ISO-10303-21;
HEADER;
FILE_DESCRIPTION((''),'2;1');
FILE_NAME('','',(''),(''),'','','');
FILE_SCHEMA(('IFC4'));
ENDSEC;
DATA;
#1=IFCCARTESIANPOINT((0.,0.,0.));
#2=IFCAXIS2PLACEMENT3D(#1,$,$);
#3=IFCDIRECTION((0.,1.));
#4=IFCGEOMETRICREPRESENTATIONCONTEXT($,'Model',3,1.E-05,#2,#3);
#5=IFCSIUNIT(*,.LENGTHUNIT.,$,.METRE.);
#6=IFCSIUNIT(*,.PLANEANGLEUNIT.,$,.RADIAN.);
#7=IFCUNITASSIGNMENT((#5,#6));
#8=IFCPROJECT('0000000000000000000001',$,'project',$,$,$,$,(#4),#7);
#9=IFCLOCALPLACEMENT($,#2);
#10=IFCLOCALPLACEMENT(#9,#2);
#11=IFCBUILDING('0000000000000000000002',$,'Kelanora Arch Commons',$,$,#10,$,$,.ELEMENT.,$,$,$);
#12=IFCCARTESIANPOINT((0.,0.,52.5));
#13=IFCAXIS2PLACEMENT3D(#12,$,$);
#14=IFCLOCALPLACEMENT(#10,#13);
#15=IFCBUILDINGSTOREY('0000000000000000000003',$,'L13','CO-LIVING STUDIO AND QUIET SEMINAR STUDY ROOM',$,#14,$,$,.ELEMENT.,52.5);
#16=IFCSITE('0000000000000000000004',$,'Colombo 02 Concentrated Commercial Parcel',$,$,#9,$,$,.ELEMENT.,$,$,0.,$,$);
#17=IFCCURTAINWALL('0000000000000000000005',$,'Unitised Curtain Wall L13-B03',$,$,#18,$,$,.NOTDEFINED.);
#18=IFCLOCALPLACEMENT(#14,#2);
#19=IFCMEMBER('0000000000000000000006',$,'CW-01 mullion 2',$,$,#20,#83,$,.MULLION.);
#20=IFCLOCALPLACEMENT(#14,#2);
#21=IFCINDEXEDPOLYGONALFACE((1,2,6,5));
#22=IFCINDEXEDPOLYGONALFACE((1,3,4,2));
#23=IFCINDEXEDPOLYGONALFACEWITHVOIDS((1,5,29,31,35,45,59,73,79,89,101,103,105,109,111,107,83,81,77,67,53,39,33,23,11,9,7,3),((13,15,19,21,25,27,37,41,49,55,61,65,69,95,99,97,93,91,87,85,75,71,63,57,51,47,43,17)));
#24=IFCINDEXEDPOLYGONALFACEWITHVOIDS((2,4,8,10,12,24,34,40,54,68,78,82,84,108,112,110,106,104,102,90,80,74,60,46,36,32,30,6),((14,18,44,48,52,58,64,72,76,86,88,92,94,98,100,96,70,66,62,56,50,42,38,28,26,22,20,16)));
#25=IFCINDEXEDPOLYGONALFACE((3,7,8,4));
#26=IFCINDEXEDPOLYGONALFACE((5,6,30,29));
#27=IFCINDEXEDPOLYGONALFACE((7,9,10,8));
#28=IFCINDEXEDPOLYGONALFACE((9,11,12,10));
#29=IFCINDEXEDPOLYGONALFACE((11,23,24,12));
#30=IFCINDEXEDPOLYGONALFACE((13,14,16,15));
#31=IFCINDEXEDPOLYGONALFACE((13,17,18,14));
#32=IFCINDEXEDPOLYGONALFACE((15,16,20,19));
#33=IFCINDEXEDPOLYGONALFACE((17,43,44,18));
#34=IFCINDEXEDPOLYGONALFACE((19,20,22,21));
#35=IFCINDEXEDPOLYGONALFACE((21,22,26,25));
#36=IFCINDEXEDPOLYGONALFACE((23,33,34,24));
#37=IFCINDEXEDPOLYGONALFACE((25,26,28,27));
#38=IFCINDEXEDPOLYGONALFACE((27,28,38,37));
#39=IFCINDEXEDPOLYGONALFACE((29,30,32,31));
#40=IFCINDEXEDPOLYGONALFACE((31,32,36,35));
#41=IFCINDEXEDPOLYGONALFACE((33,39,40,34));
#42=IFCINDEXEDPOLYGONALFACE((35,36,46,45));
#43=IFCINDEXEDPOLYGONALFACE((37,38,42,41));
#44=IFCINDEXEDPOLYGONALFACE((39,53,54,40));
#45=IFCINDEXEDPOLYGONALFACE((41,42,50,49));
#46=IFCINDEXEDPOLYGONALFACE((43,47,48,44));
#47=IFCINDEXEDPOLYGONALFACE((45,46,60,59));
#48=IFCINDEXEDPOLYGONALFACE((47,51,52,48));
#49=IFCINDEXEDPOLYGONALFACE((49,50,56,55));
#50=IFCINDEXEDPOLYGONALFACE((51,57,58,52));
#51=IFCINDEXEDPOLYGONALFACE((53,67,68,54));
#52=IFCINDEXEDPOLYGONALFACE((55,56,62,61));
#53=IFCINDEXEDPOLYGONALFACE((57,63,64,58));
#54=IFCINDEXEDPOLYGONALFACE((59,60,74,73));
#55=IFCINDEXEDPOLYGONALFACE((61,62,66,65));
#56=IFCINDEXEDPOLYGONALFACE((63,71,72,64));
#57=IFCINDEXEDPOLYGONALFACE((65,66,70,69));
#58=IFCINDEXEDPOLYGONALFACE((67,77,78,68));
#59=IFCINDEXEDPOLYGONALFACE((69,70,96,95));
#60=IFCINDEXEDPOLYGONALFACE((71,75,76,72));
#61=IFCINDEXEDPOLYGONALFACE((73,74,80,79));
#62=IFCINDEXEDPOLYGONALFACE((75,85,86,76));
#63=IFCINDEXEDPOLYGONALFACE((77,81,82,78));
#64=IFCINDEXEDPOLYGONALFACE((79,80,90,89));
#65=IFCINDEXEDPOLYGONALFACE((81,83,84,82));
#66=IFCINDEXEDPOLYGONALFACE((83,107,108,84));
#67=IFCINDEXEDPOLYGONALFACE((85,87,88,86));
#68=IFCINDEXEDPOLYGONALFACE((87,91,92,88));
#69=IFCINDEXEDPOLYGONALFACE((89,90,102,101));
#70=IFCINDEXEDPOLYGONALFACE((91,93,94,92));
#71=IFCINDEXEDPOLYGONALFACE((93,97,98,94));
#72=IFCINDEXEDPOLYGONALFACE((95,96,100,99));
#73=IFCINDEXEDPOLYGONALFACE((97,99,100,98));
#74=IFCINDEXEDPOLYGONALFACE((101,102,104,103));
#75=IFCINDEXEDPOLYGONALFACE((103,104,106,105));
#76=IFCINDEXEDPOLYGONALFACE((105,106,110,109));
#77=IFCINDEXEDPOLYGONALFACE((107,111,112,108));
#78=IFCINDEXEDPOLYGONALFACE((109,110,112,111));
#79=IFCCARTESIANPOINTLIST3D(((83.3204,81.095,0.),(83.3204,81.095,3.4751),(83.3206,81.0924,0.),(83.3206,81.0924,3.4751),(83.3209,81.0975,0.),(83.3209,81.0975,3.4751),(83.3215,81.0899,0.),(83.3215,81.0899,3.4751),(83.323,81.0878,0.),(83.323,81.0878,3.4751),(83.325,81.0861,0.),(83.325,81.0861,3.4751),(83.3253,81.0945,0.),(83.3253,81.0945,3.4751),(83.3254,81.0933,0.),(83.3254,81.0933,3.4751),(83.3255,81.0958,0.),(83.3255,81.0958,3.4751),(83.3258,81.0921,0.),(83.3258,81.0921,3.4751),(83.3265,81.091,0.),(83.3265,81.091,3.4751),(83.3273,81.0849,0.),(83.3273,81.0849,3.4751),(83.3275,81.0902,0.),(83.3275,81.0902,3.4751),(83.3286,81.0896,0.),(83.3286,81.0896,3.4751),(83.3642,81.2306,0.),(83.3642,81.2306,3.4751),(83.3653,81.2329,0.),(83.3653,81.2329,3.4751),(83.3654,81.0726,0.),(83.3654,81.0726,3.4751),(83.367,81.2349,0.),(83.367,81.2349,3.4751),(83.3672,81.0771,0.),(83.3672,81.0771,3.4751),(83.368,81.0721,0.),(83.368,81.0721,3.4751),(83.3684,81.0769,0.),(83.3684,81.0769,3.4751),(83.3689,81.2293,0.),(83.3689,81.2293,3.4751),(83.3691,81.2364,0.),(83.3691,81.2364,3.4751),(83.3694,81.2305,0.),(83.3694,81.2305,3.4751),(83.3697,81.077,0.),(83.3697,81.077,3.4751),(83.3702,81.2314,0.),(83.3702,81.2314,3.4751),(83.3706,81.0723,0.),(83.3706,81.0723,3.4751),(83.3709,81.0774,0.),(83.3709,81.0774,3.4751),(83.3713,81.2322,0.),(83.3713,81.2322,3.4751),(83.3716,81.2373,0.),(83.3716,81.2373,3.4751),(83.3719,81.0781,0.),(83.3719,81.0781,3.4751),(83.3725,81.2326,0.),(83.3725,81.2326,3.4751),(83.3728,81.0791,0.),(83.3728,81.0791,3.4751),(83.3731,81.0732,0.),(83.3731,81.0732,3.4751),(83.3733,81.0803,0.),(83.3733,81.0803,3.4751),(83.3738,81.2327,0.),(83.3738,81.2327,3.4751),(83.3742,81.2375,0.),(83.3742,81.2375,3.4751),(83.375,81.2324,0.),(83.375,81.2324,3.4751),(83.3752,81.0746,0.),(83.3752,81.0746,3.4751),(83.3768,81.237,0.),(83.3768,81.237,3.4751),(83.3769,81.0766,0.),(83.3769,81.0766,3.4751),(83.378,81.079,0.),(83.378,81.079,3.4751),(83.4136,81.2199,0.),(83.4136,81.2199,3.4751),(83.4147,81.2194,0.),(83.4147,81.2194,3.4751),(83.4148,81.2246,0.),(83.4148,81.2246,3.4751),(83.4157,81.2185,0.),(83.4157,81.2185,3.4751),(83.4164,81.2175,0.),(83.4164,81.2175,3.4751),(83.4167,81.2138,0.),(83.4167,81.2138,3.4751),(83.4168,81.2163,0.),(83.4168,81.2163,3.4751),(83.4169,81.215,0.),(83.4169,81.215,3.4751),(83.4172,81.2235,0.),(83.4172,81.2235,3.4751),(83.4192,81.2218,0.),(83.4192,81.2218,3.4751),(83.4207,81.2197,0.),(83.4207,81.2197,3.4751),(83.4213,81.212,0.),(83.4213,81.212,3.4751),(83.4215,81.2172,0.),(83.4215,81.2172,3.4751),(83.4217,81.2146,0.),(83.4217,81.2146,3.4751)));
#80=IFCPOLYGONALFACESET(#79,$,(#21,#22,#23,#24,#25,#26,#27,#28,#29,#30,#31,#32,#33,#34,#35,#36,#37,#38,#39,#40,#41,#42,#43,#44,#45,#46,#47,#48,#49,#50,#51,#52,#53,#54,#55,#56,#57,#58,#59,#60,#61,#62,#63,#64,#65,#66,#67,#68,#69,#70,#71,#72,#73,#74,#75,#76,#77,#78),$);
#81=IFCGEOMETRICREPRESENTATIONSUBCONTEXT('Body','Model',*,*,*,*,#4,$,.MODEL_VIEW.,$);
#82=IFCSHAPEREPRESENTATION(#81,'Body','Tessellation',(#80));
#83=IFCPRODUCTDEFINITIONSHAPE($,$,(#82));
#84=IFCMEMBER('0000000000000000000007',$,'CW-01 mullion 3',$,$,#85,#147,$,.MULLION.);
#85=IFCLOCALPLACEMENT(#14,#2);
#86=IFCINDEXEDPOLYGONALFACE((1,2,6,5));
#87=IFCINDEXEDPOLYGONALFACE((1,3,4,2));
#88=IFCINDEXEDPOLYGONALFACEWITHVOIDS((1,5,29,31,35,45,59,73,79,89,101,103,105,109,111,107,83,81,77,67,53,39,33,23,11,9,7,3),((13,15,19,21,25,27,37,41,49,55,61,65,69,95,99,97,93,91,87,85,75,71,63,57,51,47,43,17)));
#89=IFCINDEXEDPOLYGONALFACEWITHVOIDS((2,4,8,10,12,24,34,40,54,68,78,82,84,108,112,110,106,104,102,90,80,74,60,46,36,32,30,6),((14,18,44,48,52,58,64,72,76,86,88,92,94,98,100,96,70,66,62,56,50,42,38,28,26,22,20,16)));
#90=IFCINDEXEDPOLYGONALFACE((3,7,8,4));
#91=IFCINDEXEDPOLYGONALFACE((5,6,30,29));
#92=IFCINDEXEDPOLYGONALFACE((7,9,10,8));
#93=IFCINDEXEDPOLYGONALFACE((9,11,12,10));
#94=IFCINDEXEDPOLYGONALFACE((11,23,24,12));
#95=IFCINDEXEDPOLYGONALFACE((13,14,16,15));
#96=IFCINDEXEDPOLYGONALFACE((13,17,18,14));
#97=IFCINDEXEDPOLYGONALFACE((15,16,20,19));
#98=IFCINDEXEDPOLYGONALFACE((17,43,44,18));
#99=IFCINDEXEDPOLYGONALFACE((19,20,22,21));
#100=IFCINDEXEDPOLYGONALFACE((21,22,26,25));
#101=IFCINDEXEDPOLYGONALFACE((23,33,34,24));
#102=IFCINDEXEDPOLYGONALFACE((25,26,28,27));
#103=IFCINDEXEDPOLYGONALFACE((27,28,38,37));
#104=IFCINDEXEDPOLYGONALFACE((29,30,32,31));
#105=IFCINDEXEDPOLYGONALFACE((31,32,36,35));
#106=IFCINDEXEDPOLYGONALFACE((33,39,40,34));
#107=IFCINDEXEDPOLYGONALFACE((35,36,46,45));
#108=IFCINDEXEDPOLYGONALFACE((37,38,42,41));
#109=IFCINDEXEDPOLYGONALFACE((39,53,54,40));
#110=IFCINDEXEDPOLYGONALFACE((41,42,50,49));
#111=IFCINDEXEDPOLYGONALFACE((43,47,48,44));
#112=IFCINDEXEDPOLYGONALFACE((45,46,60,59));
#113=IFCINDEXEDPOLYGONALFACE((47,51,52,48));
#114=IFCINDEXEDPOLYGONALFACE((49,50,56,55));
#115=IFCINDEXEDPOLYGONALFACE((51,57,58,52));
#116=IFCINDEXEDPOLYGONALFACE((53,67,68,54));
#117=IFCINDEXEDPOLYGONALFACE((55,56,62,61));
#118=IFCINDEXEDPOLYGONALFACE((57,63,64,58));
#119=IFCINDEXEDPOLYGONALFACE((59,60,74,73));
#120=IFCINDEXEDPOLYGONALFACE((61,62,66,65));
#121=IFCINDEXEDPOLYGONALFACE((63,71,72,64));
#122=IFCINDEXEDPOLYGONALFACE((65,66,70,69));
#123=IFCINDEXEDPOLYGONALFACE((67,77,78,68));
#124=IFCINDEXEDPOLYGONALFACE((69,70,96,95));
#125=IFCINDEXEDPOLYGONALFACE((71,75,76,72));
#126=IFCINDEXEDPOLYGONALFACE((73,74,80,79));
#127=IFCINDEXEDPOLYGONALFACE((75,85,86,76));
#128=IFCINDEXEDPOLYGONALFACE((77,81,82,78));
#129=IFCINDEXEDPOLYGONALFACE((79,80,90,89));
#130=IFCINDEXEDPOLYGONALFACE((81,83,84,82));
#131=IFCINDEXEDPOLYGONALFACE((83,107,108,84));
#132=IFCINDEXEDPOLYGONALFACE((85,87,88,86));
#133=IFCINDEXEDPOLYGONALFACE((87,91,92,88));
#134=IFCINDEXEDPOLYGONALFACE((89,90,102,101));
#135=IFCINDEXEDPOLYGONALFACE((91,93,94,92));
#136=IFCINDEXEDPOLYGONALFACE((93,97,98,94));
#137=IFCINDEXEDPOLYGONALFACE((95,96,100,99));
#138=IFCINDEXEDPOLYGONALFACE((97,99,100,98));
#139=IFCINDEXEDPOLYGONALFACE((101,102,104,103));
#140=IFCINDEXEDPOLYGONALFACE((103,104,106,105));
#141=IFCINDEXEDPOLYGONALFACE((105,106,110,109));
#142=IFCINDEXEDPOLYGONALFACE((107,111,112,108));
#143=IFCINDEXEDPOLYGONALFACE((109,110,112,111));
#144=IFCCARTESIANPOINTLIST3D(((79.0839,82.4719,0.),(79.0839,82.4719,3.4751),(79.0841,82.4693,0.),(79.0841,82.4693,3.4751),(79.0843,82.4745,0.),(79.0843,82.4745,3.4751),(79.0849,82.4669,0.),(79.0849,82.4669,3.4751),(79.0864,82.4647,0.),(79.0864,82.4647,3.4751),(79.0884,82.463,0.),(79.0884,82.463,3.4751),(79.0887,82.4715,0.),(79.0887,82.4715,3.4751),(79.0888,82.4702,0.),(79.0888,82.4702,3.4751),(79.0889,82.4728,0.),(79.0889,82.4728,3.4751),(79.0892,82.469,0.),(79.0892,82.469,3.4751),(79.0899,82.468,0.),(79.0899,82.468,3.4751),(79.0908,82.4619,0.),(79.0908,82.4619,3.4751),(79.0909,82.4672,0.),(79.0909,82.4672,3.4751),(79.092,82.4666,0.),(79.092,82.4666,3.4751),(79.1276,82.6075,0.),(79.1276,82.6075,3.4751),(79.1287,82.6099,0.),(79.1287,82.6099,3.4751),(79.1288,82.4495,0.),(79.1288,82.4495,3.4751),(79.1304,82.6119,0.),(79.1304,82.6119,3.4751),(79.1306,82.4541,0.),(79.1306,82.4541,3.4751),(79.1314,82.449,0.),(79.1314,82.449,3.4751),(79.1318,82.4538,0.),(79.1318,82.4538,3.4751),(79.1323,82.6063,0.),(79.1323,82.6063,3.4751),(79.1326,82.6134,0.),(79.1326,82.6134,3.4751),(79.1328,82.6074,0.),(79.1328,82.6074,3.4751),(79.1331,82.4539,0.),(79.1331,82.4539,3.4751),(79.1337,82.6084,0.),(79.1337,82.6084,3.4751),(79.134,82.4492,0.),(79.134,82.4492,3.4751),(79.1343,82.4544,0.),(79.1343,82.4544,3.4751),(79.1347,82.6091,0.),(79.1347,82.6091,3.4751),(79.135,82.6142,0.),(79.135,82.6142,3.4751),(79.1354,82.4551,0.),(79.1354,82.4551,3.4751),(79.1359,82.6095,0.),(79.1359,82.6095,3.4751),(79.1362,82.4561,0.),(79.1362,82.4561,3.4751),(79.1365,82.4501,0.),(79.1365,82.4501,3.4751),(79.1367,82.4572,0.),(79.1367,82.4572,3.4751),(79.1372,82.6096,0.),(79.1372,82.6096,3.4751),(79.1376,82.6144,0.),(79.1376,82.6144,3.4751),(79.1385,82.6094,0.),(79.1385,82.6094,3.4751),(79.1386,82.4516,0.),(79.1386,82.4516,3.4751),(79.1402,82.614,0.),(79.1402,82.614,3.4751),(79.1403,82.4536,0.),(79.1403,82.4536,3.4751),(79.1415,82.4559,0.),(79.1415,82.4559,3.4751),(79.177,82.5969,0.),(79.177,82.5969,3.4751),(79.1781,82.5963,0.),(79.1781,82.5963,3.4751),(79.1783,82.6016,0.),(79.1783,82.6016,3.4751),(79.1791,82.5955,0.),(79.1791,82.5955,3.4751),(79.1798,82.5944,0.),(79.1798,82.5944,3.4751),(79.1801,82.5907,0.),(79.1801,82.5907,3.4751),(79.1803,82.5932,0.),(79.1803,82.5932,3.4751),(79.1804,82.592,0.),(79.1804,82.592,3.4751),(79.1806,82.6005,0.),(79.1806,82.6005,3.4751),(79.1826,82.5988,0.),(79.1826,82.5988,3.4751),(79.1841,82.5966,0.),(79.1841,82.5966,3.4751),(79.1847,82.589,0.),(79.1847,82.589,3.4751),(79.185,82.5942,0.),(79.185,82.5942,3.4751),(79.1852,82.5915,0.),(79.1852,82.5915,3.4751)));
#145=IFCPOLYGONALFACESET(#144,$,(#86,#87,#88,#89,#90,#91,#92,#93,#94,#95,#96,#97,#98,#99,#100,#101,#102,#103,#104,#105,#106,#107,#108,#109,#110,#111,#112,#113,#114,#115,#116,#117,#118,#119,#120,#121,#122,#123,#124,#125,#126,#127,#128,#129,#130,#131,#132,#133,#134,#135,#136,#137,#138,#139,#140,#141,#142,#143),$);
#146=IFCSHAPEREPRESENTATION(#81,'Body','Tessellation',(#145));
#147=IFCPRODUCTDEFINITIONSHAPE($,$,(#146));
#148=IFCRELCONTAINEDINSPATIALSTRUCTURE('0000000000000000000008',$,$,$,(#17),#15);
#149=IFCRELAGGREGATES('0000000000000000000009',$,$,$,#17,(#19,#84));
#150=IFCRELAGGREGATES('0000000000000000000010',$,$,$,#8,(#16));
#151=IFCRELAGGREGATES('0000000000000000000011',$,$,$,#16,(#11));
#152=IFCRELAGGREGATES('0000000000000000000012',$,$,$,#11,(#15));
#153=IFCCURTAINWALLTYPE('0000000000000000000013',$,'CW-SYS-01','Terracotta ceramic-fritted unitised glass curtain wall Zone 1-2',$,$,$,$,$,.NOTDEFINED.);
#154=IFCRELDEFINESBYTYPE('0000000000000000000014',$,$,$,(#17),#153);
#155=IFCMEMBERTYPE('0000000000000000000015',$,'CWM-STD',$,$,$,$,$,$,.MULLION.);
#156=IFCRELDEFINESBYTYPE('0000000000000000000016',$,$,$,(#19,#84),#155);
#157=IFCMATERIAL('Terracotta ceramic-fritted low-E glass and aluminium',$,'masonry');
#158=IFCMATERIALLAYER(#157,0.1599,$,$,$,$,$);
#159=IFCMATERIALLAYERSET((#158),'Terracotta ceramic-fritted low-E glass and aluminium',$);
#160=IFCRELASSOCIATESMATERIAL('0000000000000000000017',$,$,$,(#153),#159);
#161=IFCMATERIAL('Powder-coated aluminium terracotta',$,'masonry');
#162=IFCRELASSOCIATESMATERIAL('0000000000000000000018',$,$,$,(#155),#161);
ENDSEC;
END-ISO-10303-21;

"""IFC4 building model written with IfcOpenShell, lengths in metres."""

from ifc_helpers import new_model, si_unit, direction, frame, origin, origin_2d, place, context, subcontext, project, spatial, hollow_rectangle, extrude, material, layer, layer_set, material_profile, profile_set, type_object, element, aggregate, save


model = new_model("IFC4")

# Units and contexts
model_context = context("Model", 3, precision=1e-05, world=origin(), true_north=direction((0.0, 1.0)))
body_context = subcontext(model_context, "Body", "Model", "MODEL_VIEW")
ifc_project = project(units=[si_unit("LENGTHUNIT", "METRE"), si_unit("PLANEANGLEUNIT", "RADIAN")], contexts=[model_context])

# Site, building, storey
site_placement = place(None, origin())
site = spatial("IfcSite", under=ifc_project, at=site_placement, Name="Colombo 02 Concentrated Commercial Parcel", CompositionType="ELEMENT", RefElevation=0.0)
building_placement = place(site_placement, origin())
building = spatial("IfcBuilding", under=site, at=building_placement, Name="Kelanora Arch Commons", CompositionType="ELEMENT")
storey_placement = place(building_placement, frame((0.0, 0.0, 52.5)))
storey = spatial("IfcBuildingStorey", under=building, at=storey_placement, Name="L13", Description="CO-LIVING STUDIO AND QUIET SEMINAR STUDY ROOM", CompositionType="ELEMENT", Elevation=52.5)

# Curtain wall, members
ifc_material_1 = material(Name="Terracotta ceramic-fritted low-E glass and aluminium", Category="masonry")
ifc_layer_1 = layer(ifc_material_1, 0.1599)
ifc_layer_set_1 = layer_set([ifc_layer_1], Name="Terracotta ceramic-fritted low-E glass and aluminium")
curtain_wall_type = type_object("IfcCurtainWallType", Name="CW-SYS-01", Description="Terracotta ceramic-fritted unitised glass curtain wall Zone 1-2", PredefinedType="NOTDEFINED", material=ifc_layer_set_1)
curtain_wall_placement = place(storey_placement, origin())
curtain_wall = element("IfcCurtainWall", 1, at=curtain_wall_placement, inside=storey, type_object=curtain_wall_type, Name="Unitised Curtain Wall L13-B03", PredefinedType="NOTDEFINED")
ifc_material_2 = material(Name="Powder-coated aluminium terracotta", Category="masonry")
ifc_material_profile_1 = material_profile(ifc_material_2, hollow_rectangle(XDim=0.1599, YDim=0.0601, WallThickness=0.0049, InnerFilletRadius=0.0049, OuterFilletRadius=0.01, at=origin_2d()), Name="CWM160x60")
ifc_profile_set_1 = profile_set([ifc_material_profile_1], Name="Powder-coated aluminium terracotta")
member_type_1 = type_object("IfcMemberType", Name="CWM-STD", PredefinedType="MULLION", material=ifc_profile_set_1)
member_1_placement = place(storey_placement, frame((83.3711, 81.1548, 0.0), z_axis=(0.0, 0.0, 1.0), x_axis=(-0.309058, -0.951043, 0.0)))
member_1 = element("IfcMember", 2, at=member_1_placement, type_object=member_type_1, Name="CW-01 mullion 2", PredefinedType="MULLION", context=body_context, shape_type="SweptSolid", body=[
    extrude(hollow_rectangle(XDim=0.1599, YDim=0.0601, WallThickness=0.0049, InnerFilletRadius=0.0049, OuterFilletRadius=0.01, at=origin_2d()), origin(), (0.0, 0.0, 1.0), 3.4751),
])
member_2_placement = place(storey_placement, frame((79.1345, 82.5317, 0.0), z_axis=(0.0, 0.0, 1.0), x_axis=(-0.309058, -0.951043, 0.0)))
member_2 = element("IfcMember", 3, at=member_2_placement, type_object=member_type_1, Name="CW-01 mullion 3", PredefinedType="MULLION", context=body_context, shape_type="SweptSolid", body=[
    extrude(hollow_rectangle(XDim=0.1599, YDim=0.0601, WallThickness=0.0049, InnerFilletRadius=0.0049, OuterFilletRadius=0.01, at=origin_2d()), origin(), (0.0, 0.0, 1.0), 3.4751),
])
aggregate(curtain_wall, [member_1, member_2])

save(model, "model.ifc")
